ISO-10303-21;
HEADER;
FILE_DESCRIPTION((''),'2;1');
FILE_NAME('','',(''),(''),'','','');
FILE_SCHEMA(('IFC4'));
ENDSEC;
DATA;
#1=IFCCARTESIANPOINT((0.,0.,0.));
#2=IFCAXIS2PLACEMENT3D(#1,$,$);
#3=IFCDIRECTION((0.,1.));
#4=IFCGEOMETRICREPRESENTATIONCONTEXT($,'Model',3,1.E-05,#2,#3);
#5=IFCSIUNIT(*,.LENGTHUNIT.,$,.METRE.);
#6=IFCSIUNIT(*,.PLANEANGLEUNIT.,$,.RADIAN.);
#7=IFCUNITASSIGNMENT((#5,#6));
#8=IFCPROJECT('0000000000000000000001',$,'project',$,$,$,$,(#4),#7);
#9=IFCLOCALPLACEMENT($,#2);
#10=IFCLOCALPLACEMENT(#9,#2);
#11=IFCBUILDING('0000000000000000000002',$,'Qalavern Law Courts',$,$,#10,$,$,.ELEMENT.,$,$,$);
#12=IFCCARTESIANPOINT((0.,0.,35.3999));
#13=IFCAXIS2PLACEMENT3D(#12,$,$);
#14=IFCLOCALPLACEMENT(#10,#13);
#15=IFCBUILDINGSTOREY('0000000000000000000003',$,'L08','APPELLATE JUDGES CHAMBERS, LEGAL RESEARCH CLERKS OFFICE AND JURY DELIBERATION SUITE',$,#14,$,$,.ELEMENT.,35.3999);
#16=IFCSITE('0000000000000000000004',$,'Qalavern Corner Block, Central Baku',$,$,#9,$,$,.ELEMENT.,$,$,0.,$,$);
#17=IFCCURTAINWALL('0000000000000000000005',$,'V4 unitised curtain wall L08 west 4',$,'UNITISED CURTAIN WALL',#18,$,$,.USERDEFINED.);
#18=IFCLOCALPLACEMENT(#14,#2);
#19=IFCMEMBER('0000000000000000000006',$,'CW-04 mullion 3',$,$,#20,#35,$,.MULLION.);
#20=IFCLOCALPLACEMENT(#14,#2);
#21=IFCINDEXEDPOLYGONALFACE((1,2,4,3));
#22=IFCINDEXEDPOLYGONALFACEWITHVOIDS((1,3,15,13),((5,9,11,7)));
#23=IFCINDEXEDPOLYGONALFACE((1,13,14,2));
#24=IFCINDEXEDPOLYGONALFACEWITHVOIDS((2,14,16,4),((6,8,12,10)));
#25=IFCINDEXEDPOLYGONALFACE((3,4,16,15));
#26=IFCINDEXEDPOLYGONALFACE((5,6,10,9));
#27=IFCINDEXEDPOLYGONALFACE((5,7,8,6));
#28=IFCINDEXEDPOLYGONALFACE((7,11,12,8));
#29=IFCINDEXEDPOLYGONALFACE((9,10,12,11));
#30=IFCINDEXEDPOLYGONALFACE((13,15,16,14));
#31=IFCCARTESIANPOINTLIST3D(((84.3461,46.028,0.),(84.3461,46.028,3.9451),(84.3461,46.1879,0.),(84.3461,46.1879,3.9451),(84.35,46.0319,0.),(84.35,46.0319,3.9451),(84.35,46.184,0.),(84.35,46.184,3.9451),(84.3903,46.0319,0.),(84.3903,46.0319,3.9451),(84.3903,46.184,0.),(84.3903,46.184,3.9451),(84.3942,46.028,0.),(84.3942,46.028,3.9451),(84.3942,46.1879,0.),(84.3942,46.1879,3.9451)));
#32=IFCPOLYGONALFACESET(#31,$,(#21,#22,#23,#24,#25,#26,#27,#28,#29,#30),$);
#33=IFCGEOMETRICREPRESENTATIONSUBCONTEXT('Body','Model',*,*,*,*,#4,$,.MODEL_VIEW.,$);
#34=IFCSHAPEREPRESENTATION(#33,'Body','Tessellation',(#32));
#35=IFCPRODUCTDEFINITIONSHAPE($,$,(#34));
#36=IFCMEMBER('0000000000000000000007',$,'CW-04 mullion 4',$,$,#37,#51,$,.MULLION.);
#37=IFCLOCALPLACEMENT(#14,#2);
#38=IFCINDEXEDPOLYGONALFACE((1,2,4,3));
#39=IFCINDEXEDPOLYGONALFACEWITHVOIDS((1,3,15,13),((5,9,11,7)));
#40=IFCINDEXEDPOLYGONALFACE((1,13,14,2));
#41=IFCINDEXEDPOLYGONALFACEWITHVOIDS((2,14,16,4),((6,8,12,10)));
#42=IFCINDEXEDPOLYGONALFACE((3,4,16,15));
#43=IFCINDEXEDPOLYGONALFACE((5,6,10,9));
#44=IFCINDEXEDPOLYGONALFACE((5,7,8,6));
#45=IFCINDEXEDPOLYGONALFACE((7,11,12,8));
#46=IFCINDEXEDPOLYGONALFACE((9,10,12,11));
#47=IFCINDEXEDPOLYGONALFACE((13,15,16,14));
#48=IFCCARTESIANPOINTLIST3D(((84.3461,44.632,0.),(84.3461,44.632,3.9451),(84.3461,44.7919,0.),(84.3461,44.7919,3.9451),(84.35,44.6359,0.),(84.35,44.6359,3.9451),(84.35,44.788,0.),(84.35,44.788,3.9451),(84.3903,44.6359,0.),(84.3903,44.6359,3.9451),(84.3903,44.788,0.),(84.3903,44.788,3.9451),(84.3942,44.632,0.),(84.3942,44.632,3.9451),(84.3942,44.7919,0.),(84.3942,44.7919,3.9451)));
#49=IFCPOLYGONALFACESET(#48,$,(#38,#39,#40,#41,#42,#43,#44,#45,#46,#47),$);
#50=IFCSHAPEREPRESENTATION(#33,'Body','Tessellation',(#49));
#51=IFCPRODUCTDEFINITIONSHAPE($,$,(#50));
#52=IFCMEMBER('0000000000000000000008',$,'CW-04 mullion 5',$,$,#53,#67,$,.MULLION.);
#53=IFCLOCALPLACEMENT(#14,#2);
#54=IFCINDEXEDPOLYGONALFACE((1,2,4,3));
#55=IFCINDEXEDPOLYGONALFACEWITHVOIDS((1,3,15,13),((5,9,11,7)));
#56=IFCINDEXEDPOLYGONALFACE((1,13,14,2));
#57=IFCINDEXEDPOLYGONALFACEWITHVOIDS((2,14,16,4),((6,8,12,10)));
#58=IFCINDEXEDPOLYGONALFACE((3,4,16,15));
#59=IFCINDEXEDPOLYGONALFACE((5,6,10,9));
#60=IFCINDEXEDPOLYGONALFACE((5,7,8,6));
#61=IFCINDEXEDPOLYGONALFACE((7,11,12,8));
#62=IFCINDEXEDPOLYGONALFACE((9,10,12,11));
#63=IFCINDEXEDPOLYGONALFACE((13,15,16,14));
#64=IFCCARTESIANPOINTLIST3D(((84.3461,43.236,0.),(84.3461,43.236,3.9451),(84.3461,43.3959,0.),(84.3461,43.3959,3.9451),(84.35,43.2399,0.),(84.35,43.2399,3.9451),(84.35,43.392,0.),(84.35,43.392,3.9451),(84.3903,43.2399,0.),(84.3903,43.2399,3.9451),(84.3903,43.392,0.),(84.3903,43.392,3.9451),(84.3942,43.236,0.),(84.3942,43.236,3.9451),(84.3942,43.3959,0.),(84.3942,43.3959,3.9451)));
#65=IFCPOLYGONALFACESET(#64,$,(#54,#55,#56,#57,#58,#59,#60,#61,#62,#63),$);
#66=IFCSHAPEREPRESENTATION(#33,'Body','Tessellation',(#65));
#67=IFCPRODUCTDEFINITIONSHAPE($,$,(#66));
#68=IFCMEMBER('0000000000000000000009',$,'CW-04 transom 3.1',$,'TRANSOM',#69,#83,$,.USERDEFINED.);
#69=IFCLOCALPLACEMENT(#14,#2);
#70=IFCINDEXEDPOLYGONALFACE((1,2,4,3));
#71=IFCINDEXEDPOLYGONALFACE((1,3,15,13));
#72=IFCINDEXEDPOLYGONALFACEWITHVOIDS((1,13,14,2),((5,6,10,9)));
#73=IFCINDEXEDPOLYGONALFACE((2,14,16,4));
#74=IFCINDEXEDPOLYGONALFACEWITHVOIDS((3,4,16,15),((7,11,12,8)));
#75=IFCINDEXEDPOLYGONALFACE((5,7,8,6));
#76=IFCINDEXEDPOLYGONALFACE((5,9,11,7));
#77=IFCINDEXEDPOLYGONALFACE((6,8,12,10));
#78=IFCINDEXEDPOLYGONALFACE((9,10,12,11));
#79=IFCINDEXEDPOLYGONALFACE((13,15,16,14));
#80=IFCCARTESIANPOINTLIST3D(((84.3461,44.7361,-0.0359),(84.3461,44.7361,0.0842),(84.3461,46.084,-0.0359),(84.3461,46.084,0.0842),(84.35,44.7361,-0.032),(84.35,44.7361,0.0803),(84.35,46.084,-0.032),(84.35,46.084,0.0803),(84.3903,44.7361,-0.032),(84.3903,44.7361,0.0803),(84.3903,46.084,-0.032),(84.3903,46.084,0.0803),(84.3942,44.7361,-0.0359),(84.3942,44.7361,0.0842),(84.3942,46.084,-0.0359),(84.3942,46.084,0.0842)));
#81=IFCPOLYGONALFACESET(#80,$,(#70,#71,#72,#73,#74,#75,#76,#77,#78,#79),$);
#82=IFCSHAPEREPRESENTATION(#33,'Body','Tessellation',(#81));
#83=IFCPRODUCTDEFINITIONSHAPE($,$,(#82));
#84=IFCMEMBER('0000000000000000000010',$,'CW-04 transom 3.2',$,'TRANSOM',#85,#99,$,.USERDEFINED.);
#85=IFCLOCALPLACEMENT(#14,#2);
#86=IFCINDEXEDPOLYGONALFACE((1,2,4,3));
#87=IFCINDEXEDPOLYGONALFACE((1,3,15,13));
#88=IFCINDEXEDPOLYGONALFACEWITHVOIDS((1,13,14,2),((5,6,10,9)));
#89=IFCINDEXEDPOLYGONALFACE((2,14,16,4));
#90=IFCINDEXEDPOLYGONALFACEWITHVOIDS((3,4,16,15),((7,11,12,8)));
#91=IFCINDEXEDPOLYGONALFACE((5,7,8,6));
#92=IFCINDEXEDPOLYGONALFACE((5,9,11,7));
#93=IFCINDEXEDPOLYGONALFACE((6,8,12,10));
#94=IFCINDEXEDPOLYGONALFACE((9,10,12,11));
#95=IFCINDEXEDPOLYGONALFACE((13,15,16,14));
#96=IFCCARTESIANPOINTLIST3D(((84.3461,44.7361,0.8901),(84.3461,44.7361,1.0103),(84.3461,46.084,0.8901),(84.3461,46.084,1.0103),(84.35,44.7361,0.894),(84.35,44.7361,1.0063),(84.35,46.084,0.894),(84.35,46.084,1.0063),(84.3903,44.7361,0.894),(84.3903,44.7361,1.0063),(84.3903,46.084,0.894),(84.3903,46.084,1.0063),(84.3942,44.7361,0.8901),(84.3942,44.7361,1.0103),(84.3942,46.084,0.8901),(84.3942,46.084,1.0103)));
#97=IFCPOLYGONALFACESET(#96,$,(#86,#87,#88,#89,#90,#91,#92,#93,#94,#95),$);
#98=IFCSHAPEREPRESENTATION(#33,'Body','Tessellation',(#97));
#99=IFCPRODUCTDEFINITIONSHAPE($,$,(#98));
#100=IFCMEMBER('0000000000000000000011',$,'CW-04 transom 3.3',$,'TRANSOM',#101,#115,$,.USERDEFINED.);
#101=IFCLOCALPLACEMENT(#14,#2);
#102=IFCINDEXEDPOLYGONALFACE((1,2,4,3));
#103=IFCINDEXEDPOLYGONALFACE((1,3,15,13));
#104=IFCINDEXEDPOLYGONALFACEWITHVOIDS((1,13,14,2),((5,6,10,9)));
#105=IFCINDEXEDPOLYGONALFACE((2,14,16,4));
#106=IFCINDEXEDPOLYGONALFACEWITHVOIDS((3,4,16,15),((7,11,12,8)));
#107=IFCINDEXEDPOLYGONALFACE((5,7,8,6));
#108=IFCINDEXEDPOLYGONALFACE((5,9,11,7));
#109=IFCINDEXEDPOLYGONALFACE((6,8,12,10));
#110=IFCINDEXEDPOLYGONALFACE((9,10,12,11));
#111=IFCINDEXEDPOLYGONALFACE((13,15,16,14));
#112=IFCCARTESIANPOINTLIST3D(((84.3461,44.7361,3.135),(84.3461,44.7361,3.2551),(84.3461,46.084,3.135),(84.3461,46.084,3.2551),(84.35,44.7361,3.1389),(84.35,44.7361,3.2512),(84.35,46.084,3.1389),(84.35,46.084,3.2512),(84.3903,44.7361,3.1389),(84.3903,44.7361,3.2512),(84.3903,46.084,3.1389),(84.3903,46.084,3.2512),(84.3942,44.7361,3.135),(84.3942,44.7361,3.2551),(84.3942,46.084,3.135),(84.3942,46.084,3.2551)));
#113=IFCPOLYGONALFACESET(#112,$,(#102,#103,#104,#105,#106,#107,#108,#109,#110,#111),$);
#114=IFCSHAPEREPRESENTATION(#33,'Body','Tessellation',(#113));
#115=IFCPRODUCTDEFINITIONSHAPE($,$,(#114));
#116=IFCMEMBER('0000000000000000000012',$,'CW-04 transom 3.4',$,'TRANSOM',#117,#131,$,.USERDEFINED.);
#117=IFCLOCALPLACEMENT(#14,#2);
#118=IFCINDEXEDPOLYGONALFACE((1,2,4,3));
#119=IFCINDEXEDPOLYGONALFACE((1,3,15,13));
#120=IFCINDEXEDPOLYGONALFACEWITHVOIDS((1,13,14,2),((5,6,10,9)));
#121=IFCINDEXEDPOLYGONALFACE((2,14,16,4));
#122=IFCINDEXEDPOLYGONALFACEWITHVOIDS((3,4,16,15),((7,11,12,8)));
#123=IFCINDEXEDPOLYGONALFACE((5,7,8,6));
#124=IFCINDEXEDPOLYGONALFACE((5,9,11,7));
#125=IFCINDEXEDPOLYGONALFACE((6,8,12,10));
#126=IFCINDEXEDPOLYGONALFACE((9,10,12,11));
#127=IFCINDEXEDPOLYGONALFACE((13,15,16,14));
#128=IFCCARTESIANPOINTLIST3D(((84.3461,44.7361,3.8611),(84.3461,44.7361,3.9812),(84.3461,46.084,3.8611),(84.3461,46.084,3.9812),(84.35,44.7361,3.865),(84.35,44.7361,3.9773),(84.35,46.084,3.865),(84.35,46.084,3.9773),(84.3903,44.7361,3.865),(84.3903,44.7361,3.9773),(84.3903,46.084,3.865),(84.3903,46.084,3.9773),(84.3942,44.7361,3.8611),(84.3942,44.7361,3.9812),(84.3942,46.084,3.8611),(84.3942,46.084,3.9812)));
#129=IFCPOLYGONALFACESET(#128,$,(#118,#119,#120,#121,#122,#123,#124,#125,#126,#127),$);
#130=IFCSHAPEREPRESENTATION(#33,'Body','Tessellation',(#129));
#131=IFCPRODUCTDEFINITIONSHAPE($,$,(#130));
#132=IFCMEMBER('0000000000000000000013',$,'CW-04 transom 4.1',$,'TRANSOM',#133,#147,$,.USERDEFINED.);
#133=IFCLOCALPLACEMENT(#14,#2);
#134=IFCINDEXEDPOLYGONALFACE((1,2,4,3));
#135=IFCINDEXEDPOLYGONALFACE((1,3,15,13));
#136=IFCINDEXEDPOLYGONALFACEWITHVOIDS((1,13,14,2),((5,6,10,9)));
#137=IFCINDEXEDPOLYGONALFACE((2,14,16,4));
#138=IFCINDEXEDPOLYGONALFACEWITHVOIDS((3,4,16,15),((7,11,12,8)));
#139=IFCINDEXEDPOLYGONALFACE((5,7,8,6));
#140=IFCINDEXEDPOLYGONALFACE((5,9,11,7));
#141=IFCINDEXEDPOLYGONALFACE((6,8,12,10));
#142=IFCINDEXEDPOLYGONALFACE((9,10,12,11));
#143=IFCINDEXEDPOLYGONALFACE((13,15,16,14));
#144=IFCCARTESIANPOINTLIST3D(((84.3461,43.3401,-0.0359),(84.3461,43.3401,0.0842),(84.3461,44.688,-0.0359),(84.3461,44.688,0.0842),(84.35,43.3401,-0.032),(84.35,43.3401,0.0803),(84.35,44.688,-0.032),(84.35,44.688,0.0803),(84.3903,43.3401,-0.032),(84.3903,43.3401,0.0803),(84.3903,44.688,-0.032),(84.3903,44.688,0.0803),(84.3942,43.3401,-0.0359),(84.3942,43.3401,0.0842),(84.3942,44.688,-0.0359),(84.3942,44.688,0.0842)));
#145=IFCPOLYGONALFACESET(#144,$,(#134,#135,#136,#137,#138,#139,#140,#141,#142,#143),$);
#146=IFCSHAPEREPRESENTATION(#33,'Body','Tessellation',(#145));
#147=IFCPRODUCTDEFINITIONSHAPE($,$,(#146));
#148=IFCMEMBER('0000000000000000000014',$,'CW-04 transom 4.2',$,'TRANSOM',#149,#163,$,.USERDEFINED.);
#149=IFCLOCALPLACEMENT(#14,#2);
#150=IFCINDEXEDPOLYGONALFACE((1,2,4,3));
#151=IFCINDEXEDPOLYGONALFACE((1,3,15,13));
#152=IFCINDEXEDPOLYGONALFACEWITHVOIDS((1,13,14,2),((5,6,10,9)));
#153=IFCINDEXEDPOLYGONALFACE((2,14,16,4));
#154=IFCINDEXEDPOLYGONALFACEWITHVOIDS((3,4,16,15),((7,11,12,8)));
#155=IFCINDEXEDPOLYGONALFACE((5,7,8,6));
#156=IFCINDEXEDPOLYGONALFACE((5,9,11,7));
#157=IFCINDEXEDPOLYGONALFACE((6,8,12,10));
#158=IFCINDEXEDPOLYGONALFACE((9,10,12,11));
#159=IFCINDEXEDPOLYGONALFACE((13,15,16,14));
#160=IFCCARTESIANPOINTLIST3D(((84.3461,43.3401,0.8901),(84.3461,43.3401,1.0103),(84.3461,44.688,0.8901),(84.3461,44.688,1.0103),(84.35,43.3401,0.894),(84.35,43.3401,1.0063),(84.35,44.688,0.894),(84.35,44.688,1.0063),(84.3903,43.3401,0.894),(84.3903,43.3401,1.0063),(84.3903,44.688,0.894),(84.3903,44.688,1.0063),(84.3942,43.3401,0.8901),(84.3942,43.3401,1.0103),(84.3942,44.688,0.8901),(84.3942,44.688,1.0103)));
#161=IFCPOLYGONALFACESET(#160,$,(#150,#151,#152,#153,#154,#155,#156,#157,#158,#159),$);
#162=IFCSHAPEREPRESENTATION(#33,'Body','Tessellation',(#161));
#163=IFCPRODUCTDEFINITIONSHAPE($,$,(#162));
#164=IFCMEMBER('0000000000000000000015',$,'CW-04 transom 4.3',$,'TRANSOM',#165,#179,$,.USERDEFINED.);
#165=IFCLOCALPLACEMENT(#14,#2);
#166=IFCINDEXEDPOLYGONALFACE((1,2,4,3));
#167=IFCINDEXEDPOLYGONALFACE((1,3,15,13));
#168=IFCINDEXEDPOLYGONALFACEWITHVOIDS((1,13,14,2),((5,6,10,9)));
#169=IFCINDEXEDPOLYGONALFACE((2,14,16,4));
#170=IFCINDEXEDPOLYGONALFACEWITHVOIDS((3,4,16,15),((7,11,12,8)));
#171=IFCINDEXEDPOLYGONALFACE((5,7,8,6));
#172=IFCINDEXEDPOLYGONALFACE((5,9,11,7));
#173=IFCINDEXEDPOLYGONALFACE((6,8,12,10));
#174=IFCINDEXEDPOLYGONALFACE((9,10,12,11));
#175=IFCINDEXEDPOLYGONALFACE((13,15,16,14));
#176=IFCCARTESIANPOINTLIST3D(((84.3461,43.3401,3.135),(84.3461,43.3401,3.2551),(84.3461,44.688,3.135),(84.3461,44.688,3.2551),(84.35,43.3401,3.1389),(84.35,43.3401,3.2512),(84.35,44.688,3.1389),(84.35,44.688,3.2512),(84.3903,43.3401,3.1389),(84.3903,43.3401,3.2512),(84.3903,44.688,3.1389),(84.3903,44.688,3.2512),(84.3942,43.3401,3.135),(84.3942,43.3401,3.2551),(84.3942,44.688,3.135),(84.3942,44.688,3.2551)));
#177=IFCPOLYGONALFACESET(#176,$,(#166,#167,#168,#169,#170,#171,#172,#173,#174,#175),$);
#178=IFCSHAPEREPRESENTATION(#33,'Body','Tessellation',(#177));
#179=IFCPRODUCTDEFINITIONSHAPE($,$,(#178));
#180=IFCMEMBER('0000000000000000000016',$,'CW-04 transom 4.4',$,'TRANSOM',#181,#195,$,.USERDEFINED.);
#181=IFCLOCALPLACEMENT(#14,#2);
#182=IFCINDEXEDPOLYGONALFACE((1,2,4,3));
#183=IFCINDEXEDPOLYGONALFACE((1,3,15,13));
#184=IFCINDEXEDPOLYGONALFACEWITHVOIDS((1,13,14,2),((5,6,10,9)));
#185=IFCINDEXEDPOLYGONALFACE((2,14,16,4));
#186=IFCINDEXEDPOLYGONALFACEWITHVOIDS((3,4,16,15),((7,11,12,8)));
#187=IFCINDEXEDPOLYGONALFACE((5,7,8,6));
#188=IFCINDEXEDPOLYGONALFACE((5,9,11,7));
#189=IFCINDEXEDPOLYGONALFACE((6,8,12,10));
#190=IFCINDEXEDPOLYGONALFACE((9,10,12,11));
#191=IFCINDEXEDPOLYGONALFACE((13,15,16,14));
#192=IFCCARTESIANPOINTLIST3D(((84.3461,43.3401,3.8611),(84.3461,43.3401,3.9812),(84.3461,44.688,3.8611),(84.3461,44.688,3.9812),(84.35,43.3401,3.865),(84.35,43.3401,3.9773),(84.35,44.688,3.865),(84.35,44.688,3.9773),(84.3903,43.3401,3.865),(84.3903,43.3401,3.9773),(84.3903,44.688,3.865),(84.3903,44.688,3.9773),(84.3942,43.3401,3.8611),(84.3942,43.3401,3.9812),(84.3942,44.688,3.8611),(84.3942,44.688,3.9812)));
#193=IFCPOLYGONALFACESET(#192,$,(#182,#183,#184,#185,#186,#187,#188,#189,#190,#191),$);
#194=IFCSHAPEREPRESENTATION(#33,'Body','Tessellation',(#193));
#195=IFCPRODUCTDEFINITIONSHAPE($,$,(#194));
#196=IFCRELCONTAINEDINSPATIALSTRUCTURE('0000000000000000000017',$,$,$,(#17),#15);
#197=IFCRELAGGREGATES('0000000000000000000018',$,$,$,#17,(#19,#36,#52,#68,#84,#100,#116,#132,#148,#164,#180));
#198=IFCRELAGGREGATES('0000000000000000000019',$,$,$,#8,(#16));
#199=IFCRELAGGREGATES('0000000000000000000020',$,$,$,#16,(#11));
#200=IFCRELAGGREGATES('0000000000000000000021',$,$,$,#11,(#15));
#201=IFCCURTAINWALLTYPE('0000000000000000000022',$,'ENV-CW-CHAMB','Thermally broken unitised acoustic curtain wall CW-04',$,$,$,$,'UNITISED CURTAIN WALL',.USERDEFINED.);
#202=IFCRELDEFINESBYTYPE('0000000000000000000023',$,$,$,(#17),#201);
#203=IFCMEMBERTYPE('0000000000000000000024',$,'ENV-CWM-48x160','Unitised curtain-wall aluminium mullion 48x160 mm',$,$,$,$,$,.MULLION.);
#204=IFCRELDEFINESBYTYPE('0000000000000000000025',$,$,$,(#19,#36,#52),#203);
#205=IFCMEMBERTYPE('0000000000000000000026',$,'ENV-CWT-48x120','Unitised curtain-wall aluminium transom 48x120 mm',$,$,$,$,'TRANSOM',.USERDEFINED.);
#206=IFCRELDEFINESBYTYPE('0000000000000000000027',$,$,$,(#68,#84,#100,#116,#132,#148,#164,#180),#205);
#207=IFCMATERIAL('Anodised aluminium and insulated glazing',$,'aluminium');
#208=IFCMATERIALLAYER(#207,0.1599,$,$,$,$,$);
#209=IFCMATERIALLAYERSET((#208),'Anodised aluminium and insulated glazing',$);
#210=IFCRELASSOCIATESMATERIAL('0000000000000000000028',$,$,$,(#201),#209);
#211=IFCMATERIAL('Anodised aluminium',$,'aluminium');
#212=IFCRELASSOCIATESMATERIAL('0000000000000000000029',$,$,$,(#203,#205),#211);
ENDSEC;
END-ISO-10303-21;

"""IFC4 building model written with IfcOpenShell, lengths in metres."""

from ifc_helpers import new_model, si_unit, direction, frame, origin, origin_2d, place, context, subcontext, project, spatial, hollow_rectangle, extrude, material, layer, layer_set, material_profile, profile_set, type_object, element, aggregate, save


model = new_model("IFC4")

# Units and contexts
model_context = context("Model", 3, precision=1e-05, world=origin(), true_north=direction((0.0, 1.0)))
body_context = subcontext(model_context, "Body", "Model", "MODEL_VIEW")
ifc_project = project(units=[si_unit("LENGTHUNIT", "METRE"), si_unit("PLANEANGLEUNIT", "RADIAN")], contexts=[model_context])

# Site, building, storey
site_placement = place(None, origin())
site = spatial("IfcSite", under=ifc_project, at=site_placement, Name="Qalavern Corner Block, Central Baku", CompositionType="ELEMENT", RefElevation=0.0)
building_placement = place(site_placement, origin())
building = spatial("IfcBuilding", under=site, at=building_placement, Name="Qalavern Law Courts", CompositionType="ELEMENT")
storey_placement = place(building_placement, frame((0.0, 0.0, 35.3999)))
storey = spatial("IfcBuildingStorey", under=building, at=storey_placement, Name="L08", Description="APPELLATE JUDGES CHAMBERS, LEGAL RESEARCH CLERKS OFFICE AND JURY DELIBERATION SUITE", CompositionType="ELEMENT", Elevation=35.3999)

# Curtain wall, members
ifc_material_1 = material(Name="Anodised aluminium and insulated glazing", Category="aluminium")
ifc_layer_1 = layer(ifc_material_1, 0.1599)
ifc_layer_set_1 = layer_set([ifc_layer_1], Name="Anodised aluminium and insulated glazing")
curtain_wall_type = type_object("IfcCurtainWallType", Name="ENV-CW-CHAMB", Description="Thermally broken unitised acoustic curtain wall CW-04", ElementType="UNITISED CURTAIN WALL", PredefinedType="USERDEFINED", material=ifc_layer_set_1)
curtain_wall_placement = place(storey_placement, origin())
curtain_wall = element("IfcCurtainWall", 1, at=curtain_wall_placement, inside=storey, type_object=curtain_wall_type, Name="V4 unitised curtain wall L08 west 4", ObjectType="UNITISED CURTAIN WALL", PredefinedType="USERDEFINED")
ifc_material_2 = material(Name="Anodised aluminium", Category="aluminium")
ifc_material_profile_1 = material_profile(ifc_material_2, hollow_rectangle(XDim=0.0481, YDim=0.1599, WallThickness=0.0039, at=origin_2d()), Name="ALU MULLION 48x160")
ifc_profile_set_1 = profile_set([ifc_material_profile_1], Name="Anodised aluminium")
member_type_1 = type_object("IfcMemberType", Name="ENV-CWM-48x160", Description="Unitised curtain-wall aluminium mullion 48x160 mm", PredefinedType="MULLION", material=ifc_profile_set_1)
member_1_placement = place(storey_placement, frame((84.3701, 46.1079, 0.0), z_axis=(0.0, 0.0, 1.0), x_axis=(1.0, 0.0, 0.0)))
member_1 = element("IfcMember", 2, at=member_1_placement, type_object=member_type_1, Name="CW-04 mullion 3", PredefinedType="MULLION", context=body_context, shape_type="SweptSolid", body=[
    extrude(hollow_rectangle(XDim=0.0481, YDim=0.1599, WallThickness=0.0039, at=origin_2d()), origin(), (0.0, 0.0, 1.0), 3.9451),
])
member_2_placement = place(storey_placement, frame((84.3701, 44.7119, 0.0), z_axis=(0.0, 0.0, 1.0), x_axis=(1.0, 0.0, 0.0)))
member_2 = element("IfcMember", 3, at=member_2_placement, type_object=member_type_1, Name="CW-04 mullion 4", PredefinedType="MULLION", context=body_context, shape_type="SweptSolid", body=[
    extrude(hollow_rectangle(XDim=0.0481, YDim=0.1599, WallThickness=0.0039, at=origin_2d()), origin(), (0.0, 0.0, 1.0), 3.9451),
])
member_3_placement = place(storey_placement, frame((84.3701, 43.3159, 0.0), z_axis=(0.0, 0.0, 1.0), x_axis=(1.0, 0.0, 0.0)))
member_3 = element("IfcMember", 4, at=member_3_placement, type_object=member_type_1, Name="CW-04 mullion 5", PredefinedType="MULLION", context=body_context, shape_type="SweptSolid", body=[
    extrude(hollow_rectangle(XDim=0.0481, YDim=0.1599, WallThickness=0.0039, at=origin_2d()), origin(), (0.0, 0.0, 1.0), 3.9451),
])
ifc_material_profile_2 = material_profile(ifc_material_2, hollow_rectangle(XDim=0.0481, YDim=0.1201, WallThickness=0.0039, at=origin_2d()), Name="ALU TRANSOM 48x120")
ifc_profile_set_2 = profile_set([ifc_material_profile_2], Name="Anodised aluminium")
member_type_2 = type_object("IfcMemberType", Name="ENV-CWT-48x120", Description="Unitised curtain-wall aluminium transom 48x120 mm", ElementType="TRANSOM", PredefinedType="USERDEFINED", material=ifc_profile_set_2)
member_4_placement = place(storey_placement, frame((84.3701, 46.084, 0.0242), z_axis=(0.0, -1.0, 0.0), x_axis=(1.0, 0.0, 0.0)))
member_4 = element("IfcMember", 5, at=member_4_placement, type_object=member_type_2, Name="CW-04 transom 3.1", ObjectType="TRANSOM", PredefinedType="USERDEFINED", context=body_context, shape_type="SweptSolid", body=[
    extrude(hollow_rectangle(XDim=0.0481, YDim=0.1201, WallThickness=0.0039, at=origin_2d()), origin(), (0.0, 0.0, 1.0), 1.3479),
])
member_5_placement = place(storey_placement, frame((84.3701, 46.084, 0.9502), z_axis=(0.0, -1.0, 0.0), x_axis=(1.0, 0.0, 0.0)))
member_5 = element("IfcMember", 6, at=member_5_placement, type_object=member_type_2, Name="CW-04 transom 3.2", ObjectType="TRANSOM", PredefinedType="USERDEFINED", context=body_context, shape_type="SweptSolid", body=[
    extrude(hollow_rectangle(XDim=0.0481, YDim=0.1201, WallThickness=0.0039, at=origin_2d()), origin(), (0.0, 0.0, 1.0), 1.3479),
])
member_6_placement = place(storey_placement, frame((84.3701, 46.084, 3.1951), z_axis=(0.0, -1.0, 0.0), x_axis=(1.0, 0.0, 0.0)))
member_6 = element("IfcMember", 7, at=member_6_placement, type_object=member_type_2, Name="CW-04 transom 3.3", ObjectType="TRANSOM", PredefinedType="USERDEFINED", context=body_context, shape_type="SweptSolid", body=[
    extrude(hollow_rectangle(XDim=0.0481, YDim=0.1201, WallThickness=0.0039, at=origin_2d()), origin(), (0.0, 0.0, 1.0), 1.3479),
])
member_7_placement = place(storey_placement, frame((84.3701, 46.084, 3.9211), z_axis=(0.0, -1.0, 0.0), x_axis=(1.0, 0.0, 0.0)))
member_7 = element("IfcMember", 8, at=member_7_placement, type_object=member_type_2, Name="CW-04 transom 3.4", ObjectType="TRANSOM", PredefinedType="USERDEFINED", context=body_context, shape_type="SweptSolid", body=[
    extrude(hollow_rectangle(XDim=0.0481, YDim=0.1201, WallThickness=0.0039, at=origin_2d()), origin(), (0.0, 0.0, 1.0), 1.3479),
])
member_8_placement = place(storey_placement, frame((84.3701, 44.688, 0.0242), z_axis=(0.0, -1.0, 0.0), x_axis=(1.0, 0.0, 0.0)))
member_8 = element("IfcMember", 9, at=member_8_placement, type_object=member_type_2, Name="CW-04 transom 4.1", ObjectType="TRANSOM", PredefinedType="USERDEFINED", context=body_context, shape_type="SweptSolid", body=[
    extrude(hollow_rectangle(XDim=0.0481, YDim=0.1201, WallThickness=0.0039, at=origin_2d()), origin(), (0.0, 0.0, 1.0), 1.3479),
])
member_9_placement = place(storey_placement, frame((84.3701, 44.688, 0.9502), z_axis=(0.0, -1.0, 0.0), x_axis=(1.0, 0.0, 0.0)))
member_9 = element("IfcMember", 10, at=member_9_placement, type_object=member_type_2, Name="CW-04 transom 4.2", ObjectType="TRANSOM", PredefinedType="USERDEFINED", context=body_context, shape_type="SweptSolid", body=[
    extrude(hollow_rectangle(XDim=0.0481, YDim=0.1201, WallThickness=0.0039, at=origin_2d()), origin(), (0.0, 0.0, 1.0), 1.3479),
])
member_10_placement = place(storey_placement, frame((84.3701, 44.688, 3.1951), z_axis=(0.0, -1.0, 0.0), x_axis=(1.0, 0.0, 0.0)))
member_10 = element("IfcMember", 11, at=member_10_placement, type_object=member_type_2, Name="CW-04 transom 4.3", ObjectType="TRANSOM", PredefinedType="USERDEFINED", context=body_context, shape_type="SweptSolid", body=[
    extrude(hollow_rectangle(XDim=0.0481, YDim=0.1201, WallThickness=0.0039, at=origin_2d()), origin(), (0.0, 0.0, 1.0), 1.3479),
])
member_11_placement = place(storey_placement, frame((84.3701, 44.688, 3.9211), z_axis=(0.0, -1.0, 0.0), x_axis=(1.0, 0.0, 0.0)))
member_11 = element("IfcMember", 12, at=member_11_placement, type_object=member_type_2, Name="CW-04 transom 4.4", ObjectType="TRANSOM", PredefinedType="USERDEFINED", context=body_context, shape_type="SweptSolid", body=[
    extrude(hollow_rectangle(XDim=0.0481, YDim=0.1201, WallThickness=0.0039, at=origin_2d()), origin(), (0.0, 0.0, 1.0), 1.3479),
])
aggregate(curtain_wall, [member_1, member_2, member_3, member_4, member_5, member_6, member_7, member_8, member_9, member_10, member_11])

save(model, "model.ifc")
